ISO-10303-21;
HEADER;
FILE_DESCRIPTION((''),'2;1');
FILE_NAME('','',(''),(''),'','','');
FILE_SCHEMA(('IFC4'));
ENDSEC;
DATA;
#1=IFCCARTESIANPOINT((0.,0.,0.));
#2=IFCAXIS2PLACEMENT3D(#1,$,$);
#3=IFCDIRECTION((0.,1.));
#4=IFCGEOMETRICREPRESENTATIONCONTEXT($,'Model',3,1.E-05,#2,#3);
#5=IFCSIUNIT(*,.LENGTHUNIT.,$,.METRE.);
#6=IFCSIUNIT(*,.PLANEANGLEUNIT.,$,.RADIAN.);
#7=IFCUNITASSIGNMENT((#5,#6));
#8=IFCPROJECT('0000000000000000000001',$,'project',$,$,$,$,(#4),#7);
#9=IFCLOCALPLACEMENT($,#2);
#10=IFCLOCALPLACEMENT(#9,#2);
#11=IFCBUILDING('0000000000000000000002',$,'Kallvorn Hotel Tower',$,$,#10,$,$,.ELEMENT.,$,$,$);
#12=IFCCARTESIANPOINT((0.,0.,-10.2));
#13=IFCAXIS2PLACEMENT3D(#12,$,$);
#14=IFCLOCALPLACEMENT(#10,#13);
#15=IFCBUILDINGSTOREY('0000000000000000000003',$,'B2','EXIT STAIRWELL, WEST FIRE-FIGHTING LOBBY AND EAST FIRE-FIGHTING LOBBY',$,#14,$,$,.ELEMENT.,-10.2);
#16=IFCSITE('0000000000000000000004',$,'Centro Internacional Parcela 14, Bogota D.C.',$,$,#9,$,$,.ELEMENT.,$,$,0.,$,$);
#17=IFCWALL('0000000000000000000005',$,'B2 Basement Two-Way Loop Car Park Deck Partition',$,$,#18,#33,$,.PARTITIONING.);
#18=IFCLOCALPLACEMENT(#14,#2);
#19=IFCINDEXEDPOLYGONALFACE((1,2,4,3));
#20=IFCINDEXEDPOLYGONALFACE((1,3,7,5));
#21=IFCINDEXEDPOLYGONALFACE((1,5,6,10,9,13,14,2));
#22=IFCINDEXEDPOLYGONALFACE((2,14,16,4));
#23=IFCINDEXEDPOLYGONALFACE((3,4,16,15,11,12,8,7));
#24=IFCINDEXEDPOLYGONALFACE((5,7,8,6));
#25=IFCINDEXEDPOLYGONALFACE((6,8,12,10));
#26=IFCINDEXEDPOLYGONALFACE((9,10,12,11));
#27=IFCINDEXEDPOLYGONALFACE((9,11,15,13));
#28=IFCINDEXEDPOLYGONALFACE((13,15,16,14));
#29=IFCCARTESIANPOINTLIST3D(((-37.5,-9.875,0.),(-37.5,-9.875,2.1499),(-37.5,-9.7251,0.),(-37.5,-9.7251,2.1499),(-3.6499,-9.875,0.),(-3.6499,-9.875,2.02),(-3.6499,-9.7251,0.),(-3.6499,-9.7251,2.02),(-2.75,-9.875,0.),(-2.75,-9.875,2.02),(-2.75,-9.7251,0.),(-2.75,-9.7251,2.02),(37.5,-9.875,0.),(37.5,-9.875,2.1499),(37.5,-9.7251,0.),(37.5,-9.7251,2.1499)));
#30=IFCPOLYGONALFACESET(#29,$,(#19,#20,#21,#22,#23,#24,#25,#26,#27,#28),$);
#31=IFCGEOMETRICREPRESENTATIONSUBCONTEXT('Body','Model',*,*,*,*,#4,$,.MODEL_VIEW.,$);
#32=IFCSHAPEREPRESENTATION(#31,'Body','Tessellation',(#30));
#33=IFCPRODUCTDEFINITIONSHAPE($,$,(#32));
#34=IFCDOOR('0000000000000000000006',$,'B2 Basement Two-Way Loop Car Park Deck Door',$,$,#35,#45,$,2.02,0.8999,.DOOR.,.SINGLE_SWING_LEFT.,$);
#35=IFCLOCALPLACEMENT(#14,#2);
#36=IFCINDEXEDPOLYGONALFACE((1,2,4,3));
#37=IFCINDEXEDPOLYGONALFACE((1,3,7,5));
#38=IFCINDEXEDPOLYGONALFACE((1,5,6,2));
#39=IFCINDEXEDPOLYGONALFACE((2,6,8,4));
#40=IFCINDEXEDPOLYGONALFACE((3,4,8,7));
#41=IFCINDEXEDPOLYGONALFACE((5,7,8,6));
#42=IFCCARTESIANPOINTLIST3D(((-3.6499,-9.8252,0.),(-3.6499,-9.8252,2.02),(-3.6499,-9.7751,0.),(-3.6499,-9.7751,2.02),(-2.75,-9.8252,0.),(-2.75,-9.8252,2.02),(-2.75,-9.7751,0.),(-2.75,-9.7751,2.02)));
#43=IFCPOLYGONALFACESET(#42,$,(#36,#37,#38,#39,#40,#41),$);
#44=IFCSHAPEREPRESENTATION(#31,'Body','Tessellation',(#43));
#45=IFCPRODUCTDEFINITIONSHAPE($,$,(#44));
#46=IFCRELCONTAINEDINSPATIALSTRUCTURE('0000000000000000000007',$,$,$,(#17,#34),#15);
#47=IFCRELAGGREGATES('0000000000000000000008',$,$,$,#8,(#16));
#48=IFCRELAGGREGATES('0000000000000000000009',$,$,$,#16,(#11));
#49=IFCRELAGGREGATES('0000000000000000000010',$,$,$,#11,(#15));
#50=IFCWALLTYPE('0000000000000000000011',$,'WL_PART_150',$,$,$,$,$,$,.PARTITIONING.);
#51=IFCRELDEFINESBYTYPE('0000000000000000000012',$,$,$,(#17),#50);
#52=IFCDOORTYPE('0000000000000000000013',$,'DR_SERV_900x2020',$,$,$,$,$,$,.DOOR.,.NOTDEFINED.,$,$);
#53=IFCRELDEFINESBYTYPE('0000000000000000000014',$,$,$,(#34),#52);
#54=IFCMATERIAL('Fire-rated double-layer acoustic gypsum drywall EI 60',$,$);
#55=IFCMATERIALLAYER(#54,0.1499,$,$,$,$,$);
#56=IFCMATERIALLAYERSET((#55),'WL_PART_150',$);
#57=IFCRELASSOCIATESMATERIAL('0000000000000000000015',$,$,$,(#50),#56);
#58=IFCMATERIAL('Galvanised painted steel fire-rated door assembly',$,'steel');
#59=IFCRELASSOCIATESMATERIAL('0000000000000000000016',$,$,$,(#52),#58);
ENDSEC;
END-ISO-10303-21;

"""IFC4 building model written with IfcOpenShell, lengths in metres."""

from ifc_helpers import new_model, si_unit, direction, frame, frame_2d, origin, place, context, subcontext, project, spatial, rectangle, extrude, material, layer, layer_set, type_object, element, fill, save


model = new_model("IFC4")

# Units and contexts
model_context = context("Model", 3, precision=1e-05, world=origin(), true_north=direction((0.0, 1.0)))
body_context = subcontext(model_context, "Body", "Model", "MODEL_VIEW")
ifc_project = project(units=[si_unit("LENGTHUNIT", "METRE"), si_unit("PLANEANGLEUNIT", "RADIAN")], contexts=[model_context])

# Site, building, storey
site_placement = place(None, origin())
site = spatial("IfcSite", under=ifc_project, at=site_placement, Name="Centro Internacional Parcela 14, Bogota D.C.", CompositionType="ELEMENT", RefElevation=0.0)
building_placement = place(site_placement, origin())
building = spatial("IfcBuilding", under=site, at=building_placement, Name="Kallvorn Hotel Tower", CompositionType="ELEMENT")
storey_placement = place(building_placement, frame((0.0, 0.0, -10.2)))
storey = spatial("IfcBuildingStorey", under=building, at=storey_placement, Name="B2", Description="EXIT STAIRWELL, WEST FIRE-FIGHTING LOBBY AND EAST FIRE-FIGHTING LOBBY", CompositionType="ELEMENT", Elevation=-10.2)

# Wall, opening, door
ifc_material_1 = material(Name="Fire-rated double-layer acoustic gypsum drywall EI 60")
ifc_layer_1 = layer(ifc_material_1, 0.1499)
ifc_layer_set_1 = layer_set([ifc_layer_1], Name="WL_PART_150")
wall_type_1 = type_object("IfcWallType", Name="WL_PART_150", PredefinedType="PARTITIONING", material=ifc_layer_set_1)
wall_1_placement = place(storey_placement, frame((-37.5, -9.8, 0.0), z_axis=(0.0, 0.0, 1.0), x_axis=(1.0, 0.0, 0.0)))
wall_1 = element("IfcWall", 1, at=wall_1_placement, inside=storey, type_object=wall_type_1, Name="B2 Basement Two-Way Loop Car Park Deck Partition", PredefinedType="PARTITIONING", context=body_context, shape_type="SweptSolid", body=[
    extrude(rectangle(XDim=75.0, YDim=0.1499, at=frame_2d((37.5, 0.0))), origin(), (0.0, 0.0, 1.0), 2.1499),
])
opening_1_placement = place(wall_1_placement, frame((33.8501, 0.0, 0.0)))
opening_1 = element("IfcOpeningElement", 2, at=opening_1_placement, cuts=wall_1, PredefinedType="OPENING", context=body_context, shape_type="SweptSolid", body=[
    extrude(rectangle(XDim=0.8999, YDim=2.02, at=frame_2d((0.45, 1.01))), frame((0.0, 0.0898, 0.0), z_axis=(0.0, -1.0, 0.0), x_axis=(1.0, 0.0, 0.0)), (0.0, 0.0, 1.0), 0.1799),
])
ifc_material_2 = material(Name="Galvanised painted steel fire-rated door assembly", Category="steel")
door_type_1 = type_object("IfcDoorType", Name="DR_SERV_900x2020", OperationType="NOTDEFINED", PredefinedType="DOOR", material=ifc_material_2)
door_1_placement = place(opening_1_placement, origin())
door_1 = element("IfcDoor", 3, at=door_1_placement, inside=storey, type_object=door_type_1, Name="B2 Basement Two-Way Loop Car Park Deck Door", OperationType="SINGLE_SWING_LEFT", OverallHeight=2.02, OverallWidth=0.8999, PredefinedType="DOOR", context=body_context, shape_type="SweptSolid", body=[
    extrude(rectangle(XDim=0.8999, YDim=2.02, at=frame_2d((0.45, 1.01))), frame((0.0, 0.0249, 0.0), z_axis=(0.0, -1.0, 0.0), x_axis=(1.0, 0.0, 0.0)), (0.0, 0.0, 1.0), 0.05),
])
fill(opening_1, door_1)

save(model, "model.ifc")
